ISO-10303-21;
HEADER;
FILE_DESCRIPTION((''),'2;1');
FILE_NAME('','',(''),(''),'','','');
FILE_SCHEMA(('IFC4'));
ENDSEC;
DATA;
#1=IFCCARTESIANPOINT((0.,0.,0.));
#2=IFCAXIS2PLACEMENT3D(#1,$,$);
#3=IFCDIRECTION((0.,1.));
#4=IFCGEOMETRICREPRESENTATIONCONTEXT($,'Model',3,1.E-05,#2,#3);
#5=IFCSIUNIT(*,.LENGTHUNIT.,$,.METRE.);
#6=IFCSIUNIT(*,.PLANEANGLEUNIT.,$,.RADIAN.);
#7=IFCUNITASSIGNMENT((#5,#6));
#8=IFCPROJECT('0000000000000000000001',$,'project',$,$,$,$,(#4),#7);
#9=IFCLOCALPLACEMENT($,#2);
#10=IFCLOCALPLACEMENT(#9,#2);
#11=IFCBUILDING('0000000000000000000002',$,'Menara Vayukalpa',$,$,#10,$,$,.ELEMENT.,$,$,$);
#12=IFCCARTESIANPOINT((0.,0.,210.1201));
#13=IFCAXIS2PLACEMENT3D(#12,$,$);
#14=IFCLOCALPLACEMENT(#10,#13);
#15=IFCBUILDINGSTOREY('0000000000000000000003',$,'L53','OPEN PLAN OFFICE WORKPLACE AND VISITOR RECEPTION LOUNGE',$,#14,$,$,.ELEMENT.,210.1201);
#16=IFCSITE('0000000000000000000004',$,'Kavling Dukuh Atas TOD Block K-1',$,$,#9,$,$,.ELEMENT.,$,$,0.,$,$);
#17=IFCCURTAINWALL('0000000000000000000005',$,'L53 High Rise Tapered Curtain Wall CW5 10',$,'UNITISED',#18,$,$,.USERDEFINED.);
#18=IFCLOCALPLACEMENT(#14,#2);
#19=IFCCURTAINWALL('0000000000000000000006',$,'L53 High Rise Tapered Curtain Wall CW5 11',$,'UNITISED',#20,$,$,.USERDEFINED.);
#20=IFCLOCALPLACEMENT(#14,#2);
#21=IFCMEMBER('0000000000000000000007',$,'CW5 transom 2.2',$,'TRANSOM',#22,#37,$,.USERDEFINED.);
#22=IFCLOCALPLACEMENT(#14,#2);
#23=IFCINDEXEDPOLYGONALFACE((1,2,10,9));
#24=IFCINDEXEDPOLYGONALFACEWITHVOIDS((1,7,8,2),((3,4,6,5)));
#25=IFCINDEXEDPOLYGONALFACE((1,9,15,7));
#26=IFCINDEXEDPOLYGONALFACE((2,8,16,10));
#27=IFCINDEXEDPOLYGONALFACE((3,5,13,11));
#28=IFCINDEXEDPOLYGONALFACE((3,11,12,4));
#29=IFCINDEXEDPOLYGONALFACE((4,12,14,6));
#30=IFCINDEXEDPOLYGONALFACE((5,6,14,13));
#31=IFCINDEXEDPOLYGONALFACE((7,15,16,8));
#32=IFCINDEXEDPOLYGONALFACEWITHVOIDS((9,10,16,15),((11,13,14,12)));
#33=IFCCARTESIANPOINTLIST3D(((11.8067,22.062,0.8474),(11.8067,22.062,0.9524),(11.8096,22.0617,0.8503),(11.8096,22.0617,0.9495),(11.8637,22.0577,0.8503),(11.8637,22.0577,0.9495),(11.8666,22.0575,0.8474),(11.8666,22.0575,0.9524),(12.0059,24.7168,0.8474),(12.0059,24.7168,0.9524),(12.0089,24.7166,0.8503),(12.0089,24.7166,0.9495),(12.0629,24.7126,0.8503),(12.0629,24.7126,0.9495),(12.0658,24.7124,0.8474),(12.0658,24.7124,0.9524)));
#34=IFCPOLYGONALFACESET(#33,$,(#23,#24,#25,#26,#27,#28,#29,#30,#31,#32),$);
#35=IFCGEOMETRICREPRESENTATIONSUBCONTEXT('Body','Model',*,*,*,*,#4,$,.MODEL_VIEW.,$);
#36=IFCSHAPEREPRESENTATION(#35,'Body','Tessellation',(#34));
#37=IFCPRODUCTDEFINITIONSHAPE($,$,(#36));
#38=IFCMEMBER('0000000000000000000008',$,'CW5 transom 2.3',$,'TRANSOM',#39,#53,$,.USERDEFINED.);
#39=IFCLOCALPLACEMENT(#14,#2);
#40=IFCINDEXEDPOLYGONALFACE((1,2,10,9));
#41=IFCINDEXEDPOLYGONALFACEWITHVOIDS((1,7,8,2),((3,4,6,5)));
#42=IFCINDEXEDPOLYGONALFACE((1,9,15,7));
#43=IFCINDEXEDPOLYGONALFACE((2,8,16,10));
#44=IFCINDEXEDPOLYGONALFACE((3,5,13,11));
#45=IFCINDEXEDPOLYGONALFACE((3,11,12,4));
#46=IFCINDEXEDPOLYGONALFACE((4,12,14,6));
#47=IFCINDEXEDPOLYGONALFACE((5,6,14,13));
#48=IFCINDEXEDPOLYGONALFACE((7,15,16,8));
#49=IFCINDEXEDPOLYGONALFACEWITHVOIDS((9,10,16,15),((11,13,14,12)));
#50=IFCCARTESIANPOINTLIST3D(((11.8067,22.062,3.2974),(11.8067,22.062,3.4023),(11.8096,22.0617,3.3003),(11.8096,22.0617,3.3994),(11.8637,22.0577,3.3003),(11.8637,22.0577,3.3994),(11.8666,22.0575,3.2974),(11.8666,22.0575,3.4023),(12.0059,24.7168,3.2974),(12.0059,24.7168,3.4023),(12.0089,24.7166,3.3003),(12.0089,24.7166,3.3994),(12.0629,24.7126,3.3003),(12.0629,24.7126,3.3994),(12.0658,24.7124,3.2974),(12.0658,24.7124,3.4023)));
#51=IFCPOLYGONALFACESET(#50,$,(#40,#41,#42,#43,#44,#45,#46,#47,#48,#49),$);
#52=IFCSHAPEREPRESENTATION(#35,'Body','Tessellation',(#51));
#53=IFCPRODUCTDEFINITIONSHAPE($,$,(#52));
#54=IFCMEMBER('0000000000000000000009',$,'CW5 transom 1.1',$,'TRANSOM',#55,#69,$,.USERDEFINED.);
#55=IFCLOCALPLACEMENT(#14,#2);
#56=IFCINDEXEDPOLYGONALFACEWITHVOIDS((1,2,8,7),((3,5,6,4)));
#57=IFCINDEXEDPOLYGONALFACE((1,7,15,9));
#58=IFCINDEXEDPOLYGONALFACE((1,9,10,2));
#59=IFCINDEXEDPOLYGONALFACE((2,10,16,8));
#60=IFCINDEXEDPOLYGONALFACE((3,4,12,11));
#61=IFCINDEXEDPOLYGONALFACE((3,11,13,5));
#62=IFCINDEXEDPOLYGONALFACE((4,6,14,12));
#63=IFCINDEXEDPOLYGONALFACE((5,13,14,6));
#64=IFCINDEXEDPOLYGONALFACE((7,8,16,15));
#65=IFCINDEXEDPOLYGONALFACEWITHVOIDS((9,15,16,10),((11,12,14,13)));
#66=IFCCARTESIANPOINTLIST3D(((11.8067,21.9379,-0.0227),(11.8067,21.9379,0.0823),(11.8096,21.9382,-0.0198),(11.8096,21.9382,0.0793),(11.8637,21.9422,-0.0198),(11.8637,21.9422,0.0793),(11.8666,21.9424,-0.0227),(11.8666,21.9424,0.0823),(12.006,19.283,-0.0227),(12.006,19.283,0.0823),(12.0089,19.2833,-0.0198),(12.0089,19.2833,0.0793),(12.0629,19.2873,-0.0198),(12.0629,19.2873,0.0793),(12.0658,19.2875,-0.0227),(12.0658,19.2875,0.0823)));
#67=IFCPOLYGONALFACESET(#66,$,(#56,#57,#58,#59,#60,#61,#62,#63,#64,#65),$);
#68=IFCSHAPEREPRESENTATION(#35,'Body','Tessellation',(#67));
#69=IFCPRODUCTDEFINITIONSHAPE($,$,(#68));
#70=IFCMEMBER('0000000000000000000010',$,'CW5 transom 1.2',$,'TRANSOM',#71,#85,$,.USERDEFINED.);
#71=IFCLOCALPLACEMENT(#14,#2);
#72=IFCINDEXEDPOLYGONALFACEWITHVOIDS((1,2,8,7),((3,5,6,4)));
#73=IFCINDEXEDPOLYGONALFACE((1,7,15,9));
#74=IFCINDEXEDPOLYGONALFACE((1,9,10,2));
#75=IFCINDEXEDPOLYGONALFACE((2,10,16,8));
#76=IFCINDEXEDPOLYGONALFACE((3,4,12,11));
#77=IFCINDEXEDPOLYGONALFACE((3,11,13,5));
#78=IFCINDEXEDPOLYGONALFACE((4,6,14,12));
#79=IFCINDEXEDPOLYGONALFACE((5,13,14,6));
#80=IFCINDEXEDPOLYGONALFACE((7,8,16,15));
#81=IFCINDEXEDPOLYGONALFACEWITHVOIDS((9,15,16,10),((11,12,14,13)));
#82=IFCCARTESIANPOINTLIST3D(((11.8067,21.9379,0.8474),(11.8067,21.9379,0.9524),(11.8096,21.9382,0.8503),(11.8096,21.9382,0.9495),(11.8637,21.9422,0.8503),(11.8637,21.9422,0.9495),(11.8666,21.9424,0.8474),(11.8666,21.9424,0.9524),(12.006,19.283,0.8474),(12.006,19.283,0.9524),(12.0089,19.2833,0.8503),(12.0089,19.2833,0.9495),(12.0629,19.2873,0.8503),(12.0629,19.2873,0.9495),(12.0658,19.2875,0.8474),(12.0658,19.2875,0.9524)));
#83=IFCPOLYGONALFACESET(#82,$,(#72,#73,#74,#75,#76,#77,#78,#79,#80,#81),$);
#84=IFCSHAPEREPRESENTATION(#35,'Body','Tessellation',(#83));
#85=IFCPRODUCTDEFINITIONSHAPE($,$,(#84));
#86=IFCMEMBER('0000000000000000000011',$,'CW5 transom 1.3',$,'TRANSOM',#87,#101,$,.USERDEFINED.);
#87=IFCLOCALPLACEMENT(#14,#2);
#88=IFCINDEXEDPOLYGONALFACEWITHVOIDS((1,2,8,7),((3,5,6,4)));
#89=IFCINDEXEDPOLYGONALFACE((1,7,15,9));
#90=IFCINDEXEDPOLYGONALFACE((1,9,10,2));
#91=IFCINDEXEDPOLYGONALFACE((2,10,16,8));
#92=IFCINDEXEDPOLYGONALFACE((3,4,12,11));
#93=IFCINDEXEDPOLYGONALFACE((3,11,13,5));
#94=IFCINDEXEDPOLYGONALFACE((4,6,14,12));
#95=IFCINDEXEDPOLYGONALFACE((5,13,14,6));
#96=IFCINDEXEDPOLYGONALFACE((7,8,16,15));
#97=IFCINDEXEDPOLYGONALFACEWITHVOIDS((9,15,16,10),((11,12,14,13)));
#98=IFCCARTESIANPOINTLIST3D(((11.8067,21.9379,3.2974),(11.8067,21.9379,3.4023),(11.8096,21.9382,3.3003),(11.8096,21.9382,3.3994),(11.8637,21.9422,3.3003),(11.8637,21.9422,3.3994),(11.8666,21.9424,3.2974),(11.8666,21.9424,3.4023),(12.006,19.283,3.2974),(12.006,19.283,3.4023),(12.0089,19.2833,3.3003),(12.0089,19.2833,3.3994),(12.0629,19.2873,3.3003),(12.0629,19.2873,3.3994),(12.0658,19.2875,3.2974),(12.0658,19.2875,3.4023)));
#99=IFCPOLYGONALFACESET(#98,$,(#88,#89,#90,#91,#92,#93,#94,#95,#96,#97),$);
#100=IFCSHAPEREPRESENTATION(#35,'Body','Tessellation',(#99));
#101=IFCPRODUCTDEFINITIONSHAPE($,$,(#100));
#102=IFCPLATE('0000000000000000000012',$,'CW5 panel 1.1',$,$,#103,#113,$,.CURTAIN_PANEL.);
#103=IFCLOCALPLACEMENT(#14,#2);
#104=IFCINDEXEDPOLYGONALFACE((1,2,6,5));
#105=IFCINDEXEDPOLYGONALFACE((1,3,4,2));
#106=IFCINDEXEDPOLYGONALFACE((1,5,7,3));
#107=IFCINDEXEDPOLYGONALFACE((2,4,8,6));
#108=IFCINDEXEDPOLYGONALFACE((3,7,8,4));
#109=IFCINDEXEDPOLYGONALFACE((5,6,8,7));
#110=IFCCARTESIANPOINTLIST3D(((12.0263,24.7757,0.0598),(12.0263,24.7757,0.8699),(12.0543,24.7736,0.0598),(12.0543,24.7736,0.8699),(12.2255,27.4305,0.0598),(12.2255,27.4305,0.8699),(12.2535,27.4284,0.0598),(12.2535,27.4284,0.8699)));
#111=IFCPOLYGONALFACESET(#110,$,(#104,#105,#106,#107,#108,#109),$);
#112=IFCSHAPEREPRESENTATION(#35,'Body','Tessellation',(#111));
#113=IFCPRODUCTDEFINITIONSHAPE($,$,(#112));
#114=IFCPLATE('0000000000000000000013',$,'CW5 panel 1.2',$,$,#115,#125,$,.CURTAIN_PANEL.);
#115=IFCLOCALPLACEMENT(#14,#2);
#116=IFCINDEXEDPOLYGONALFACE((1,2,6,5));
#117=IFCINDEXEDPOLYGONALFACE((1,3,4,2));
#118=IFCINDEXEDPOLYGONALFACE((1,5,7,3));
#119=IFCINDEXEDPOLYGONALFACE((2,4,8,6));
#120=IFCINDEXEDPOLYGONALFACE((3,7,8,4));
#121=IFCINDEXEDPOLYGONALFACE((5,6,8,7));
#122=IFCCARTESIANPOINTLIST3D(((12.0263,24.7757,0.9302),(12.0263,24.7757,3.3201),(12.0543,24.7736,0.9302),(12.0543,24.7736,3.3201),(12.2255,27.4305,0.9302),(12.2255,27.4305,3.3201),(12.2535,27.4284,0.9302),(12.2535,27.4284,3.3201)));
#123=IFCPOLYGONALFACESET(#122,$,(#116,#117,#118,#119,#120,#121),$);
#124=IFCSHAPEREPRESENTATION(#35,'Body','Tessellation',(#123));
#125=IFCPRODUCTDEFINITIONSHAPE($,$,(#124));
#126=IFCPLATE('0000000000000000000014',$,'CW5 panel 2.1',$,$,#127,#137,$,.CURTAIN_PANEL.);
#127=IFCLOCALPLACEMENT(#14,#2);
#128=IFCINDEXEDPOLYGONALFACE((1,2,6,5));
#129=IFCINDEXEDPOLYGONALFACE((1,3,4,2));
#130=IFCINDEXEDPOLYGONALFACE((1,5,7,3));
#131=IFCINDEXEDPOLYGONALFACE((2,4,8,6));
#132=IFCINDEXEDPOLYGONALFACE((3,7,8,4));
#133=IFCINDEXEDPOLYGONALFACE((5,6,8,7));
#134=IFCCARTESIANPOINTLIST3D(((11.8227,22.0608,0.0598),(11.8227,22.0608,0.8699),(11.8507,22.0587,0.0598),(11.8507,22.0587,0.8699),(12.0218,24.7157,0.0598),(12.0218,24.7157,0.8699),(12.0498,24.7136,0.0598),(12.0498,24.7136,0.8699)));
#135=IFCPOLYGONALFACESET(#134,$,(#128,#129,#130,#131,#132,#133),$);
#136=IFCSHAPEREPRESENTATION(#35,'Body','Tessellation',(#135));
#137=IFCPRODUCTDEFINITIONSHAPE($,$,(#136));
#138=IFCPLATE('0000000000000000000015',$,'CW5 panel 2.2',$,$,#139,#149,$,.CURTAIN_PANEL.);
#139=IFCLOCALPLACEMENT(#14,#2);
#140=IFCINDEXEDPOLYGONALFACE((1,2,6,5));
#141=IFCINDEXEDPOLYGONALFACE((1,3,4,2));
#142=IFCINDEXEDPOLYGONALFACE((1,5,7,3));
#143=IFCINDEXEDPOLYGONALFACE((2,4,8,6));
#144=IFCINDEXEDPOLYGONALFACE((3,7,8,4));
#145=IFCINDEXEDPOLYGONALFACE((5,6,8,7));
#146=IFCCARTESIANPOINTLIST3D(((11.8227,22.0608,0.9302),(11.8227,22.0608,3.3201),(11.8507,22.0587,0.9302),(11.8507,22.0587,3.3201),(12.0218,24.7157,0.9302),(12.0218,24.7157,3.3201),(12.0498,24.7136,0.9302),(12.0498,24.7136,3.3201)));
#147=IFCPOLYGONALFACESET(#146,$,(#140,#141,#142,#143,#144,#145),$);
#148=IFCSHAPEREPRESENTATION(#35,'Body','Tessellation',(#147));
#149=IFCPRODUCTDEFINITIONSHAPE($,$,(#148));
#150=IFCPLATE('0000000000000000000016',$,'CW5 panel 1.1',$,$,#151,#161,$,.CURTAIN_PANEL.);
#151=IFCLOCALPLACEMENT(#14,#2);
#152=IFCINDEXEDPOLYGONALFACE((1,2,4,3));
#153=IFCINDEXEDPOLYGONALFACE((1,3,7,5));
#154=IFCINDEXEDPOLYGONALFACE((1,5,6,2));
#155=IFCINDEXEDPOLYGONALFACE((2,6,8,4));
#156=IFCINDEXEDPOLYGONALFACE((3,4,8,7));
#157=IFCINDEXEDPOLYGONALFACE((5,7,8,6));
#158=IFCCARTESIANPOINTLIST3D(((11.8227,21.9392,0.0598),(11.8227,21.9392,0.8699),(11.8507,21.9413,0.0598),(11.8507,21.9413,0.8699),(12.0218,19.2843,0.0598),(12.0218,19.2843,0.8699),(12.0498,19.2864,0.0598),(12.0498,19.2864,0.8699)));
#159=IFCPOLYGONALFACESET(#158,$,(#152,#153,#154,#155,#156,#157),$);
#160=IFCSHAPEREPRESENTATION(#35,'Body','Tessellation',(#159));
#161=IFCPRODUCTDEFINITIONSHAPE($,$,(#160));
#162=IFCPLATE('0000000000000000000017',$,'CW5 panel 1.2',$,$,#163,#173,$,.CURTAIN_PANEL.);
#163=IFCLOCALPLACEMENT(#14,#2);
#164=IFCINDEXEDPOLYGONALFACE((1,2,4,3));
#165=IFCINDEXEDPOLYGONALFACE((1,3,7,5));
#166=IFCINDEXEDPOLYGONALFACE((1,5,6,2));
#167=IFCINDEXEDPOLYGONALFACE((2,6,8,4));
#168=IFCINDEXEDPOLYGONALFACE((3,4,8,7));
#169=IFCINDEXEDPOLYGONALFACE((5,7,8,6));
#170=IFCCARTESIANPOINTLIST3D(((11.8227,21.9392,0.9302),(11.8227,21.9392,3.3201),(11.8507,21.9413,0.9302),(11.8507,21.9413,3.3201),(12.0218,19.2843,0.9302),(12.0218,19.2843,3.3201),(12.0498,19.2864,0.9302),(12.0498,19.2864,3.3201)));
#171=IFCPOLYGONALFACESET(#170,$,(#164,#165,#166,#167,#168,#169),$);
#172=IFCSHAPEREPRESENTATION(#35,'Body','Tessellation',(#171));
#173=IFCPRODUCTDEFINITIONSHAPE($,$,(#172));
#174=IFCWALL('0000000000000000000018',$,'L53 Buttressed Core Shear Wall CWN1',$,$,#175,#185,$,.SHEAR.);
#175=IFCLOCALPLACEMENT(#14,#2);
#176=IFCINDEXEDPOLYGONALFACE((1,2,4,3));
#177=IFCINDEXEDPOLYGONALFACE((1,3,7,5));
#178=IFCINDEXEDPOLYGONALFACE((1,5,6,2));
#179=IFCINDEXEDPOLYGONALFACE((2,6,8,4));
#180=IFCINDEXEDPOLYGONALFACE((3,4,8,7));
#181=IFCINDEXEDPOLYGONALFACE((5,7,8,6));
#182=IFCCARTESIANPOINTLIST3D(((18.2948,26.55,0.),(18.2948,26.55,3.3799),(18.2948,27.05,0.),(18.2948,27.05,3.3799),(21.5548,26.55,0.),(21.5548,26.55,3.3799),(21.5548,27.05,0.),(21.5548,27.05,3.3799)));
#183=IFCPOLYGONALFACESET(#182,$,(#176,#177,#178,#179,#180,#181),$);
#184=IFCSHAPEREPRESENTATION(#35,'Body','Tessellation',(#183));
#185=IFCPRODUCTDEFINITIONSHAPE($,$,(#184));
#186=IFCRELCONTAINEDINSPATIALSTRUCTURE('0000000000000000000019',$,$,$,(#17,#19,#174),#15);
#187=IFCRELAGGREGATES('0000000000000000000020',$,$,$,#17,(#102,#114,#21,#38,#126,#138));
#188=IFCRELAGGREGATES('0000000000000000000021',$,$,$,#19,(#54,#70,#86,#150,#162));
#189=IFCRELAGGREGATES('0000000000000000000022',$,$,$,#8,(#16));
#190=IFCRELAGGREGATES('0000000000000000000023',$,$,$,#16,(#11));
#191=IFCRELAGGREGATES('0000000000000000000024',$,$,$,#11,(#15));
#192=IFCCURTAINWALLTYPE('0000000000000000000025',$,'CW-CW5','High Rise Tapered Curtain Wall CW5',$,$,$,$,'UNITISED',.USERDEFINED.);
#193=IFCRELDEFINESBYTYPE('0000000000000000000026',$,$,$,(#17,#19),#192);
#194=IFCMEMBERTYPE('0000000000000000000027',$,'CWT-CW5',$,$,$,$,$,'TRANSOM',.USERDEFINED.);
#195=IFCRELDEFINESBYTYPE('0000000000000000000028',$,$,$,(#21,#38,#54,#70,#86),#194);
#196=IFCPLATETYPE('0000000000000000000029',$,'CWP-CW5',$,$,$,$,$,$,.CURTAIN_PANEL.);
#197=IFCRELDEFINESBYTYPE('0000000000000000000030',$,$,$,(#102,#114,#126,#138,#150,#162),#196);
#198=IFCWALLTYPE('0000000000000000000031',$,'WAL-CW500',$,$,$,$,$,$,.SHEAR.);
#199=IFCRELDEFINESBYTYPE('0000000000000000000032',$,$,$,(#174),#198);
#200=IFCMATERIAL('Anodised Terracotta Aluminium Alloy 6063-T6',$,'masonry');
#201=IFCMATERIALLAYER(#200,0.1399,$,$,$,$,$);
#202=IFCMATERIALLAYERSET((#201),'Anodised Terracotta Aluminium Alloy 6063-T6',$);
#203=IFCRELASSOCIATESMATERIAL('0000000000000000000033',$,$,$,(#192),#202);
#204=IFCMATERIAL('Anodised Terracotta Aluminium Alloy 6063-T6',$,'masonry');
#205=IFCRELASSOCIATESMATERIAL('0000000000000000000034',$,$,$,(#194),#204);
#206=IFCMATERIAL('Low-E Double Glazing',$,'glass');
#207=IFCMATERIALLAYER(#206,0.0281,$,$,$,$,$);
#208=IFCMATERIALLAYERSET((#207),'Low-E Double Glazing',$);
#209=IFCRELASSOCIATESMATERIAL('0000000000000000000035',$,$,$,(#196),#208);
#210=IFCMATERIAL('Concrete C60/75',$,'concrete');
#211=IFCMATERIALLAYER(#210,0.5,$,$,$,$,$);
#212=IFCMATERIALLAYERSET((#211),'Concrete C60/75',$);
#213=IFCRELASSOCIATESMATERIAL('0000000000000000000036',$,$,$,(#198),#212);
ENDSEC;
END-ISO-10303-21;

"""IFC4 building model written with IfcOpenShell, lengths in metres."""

from ifc_helpers import new_model, si_unit, direction, frame, frame_2d, origin, origin_2d, place, context, subcontext, project, spatial, rectangle, hollow_rectangle, extrude, material, layer, layer_set, material_profile, profile_set, type_object, element, aggregate, save


model = new_model("IFC4")

# Units and contexts
model_context = context("Model", 3, precision=1e-05, world=origin(), true_north=direction((0.0, 1.0)))
body_context = subcontext(model_context, "Body", "Model", "MODEL_VIEW")
ifc_project = project(units=[si_unit("LENGTHUNIT", "METRE"), si_unit("PLANEANGLEUNIT", "RADIAN")], contexts=[model_context])

# Site, building, storey
site_placement = place(None, origin())
site = spatial("IfcSite", under=ifc_project, at=site_placement, Name="Kavling Dukuh Atas TOD Block K-1", CompositionType="ELEMENT", RefElevation=0.0)
building_placement = place(site_placement, origin())
building = spatial("IfcBuilding", under=site, at=building_placement, Name="Menara Vayukalpa", CompositionType="ELEMENT")
storey_placement = place(building_placement, frame((0.0, 0.0, 210.1201)))
storey = spatial("IfcBuildingStorey", under=building, at=storey_placement, Name="L53", Description="OPEN PLAN OFFICE WORKPLACE AND VISITOR RECEPTION LOUNGE", CompositionType="ELEMENT", Elevation=210.1201)

# Curtain wall
ifc_material_1 = material(Name="Anodised Terracotta Aluminium Alloy 6063-T6", Category="masonry")
ifc_layer_1 = layer(ifc_material_1, 0.1399)
ifc_layer_set_1 = layer_set([ifc_layer_1], Name="Anodised Terracotta Aluminium Alloy 6063-T6")
curtain_wall_type = type_object("IfcCurtainWallType", Name="CW-CW5", Description="High Rise Tapered Curtain Wall CW5", ElementType="UNITISED", PredefinedType="USERDEFINED", material=ifc_layer_set_1)
curtain_wall_1_placement = place(storey_placement, origin())
curtain_wall_1 = element("IfcCurtainWall", 1, at=curtain_wall_1_placement, inside=storey, type_object=curtain_wall_type, Name="L53 High Rise Tapered Curtain Wall CW5 10", ObjectType="UNITISED", PredefinedType="USERDEFINED")

# Curtain wall
curtain_wall_2_placement = place(storey_placement, origin())
curtain_wall_2 = element("IfcCurtainWall", 2, at=curtain_wall_2_placement, inside=storey, type_object=curtain_wall_type, Name="L53 High Rise Tapered Curtain Wall CW5 11", ObjectType="UNITISED", PredefinedType="USERDEFINED")

# Members
ifc_material_2 = material(Name="Anodised Terracotta Aluminium Alloy 6063-T6", Category="masonry")
ifc_material_profile_1 = material_profile(ifc_material_2, hollow_rectangle(XDim=0.0601, YDim=0.105, WallThickness=0.0029, at=origin_2d()), Name="ALU 60x105x3")
ifc_profile_set_1 = profile_set([ifc_material_profile_1], Name="Anodised Terracotta Aluminium Alloy 6063-T6")
member_type_1 = type_object("IfcMemberType", Name="CWT-CW5", ElementType="TRANSOM", PredefinedType="USERDEFINED", material=ifc_profile_set_1)
member_1_placement = place(storey_placement, frame((12.0359, 24.7146, 0.8999), z_axis=(-0.074831, -0.997196, 0.0), x_axis=(0.997196, -0.074831, 0.0)))
member_1 = element("IfcMember", 3, at=member_1_placement, type_object=member_type_1, Name="CW5 transom 2.2", ObjectType="TRANSOM", PredefinedType="USERDEFINED", context=body_context, shape_type="SweptSolid", body=[
    extrude(hollow_rectangle(XDim=0.0601, YDim=0.105, WallThickness=0.0029, at=origin_2d()), origin(), (0.0, 0.0, 1.0), 2.6624),
])
member_2_placement = place(storey_placement, frame((12.0359, 24.7146, 3.3499), z_axis=(-0.074831, -0.997196, 0.0), x_axis=(0.997196, -0.074831, 0.0)))
member_2 = element("IfcMember", 4, at=member_2_placement, type_object=member_type_1, Name="CW5 transom 2.3", ObjectType="TRANSOM", PredefinedType="USERDEFINED", context=body_context, shape_type="SweptSolid", body=[
    extrude(hollow_rectangle(XDim=0.0601, YDim=0.105, WallThickness=0.0029, at=origin_2d()), origin(), (0.0, 0.0, 1.0), 2.6624),
])
member_3_placement = place(storey_placement, frame((11.8367, 21.9402, 0.0298), z_axis=(0.074831, -0.997196, 0.0), x_axis=(0.997196, 0.074831, 0.0)))
member_3 = element("IfcMember", 5, at=member_3_placement, type_object=member_type_1, Name="CW5 transom 1.1", ObjectType="TRANSOM", PredefinedType="USERDEFINED", context=body_context, shape_type="SweptSolid", body=[
    extrude(hollow_rectangle(XDim=0.0601, YDim=0.105, WallThickness=0.0029, at=origin_2d()), origin(), (0.0, 0.0, 1.0), 2.6624),
])
member_4_placement = place(storey_placement, frame((11.8367, 21.9402, 0.8999), z_axis=(0.074831, -0.997196, 0.0), x_axis=(0.997196, 0.074831, 0.0)))
member_4 = element("IfcMember", 6, at=member_4_placement, type_object=member_type_1, Name="CW5 transom 1.2", ObjectType="TRANSOM", PredefinedType="USERDEFINED", context=body_context, shape_type="SweptSolid", body=[
    extrude(hollow_rectangle(XDim=0.0601, YDim=0.105, WallThickness=0.0029, at=origin_2d()), origin(), (0.0, 0.0, 1.0), 2.6624),
])
member_5_placement = place(storey_placement, frame((11.8367, 21.9402, 3.3499), z_axis=(0.074831, -0.997196, 0.0), x_axis=(0.997196, 0.074831, 0.0)))
member_5 = element("IfcMember", 7, at=member_5_placement, type_object=member_type_1, Name="CW5 transom 1.3", ObjectType="TRANSOM", PredefinedType="USERDEFINED", context=body_context, shape_type="SweptSolid", body=[
    extrude(hollow_rectangle(XDim=0.0601, YDim=0.105, WallThickness=0.0029, at=origin_2d()), origin(), (0.0, 0.0, 1.0), 2.6624),
])

# Plates
ifc_material_3 = material(Name="Low-E Double Glazing", Category="glass")
ifc_layer_2 = layer(ifc_material_3, 0.0281)
ifc_layer_set_2 = layer_set([ifc_layer_2], Name="Low-E Double Glazing")
plate_type = type_object("IfcPlateType", Name="CWP-CW5", PredefinedType="CURTAIN_PANEL", material=ifc_layer_set_2)
plate_1_placement = place(storey_placement, frame((12.1399, 26.1021, 0.0598), z_axis=(0.0, 0.0, 1.0), x_axis=(-0.074792, -0.997199, 0.0)))
plate_1 = element("IfcPlate", 8, at=plate_1_placement, type_object=plate_type, Name="CW5 panel 1.1", PredefinedType="CURTAIN_PANEL", context=body_context, shape_type="SweptSolid", body=[
    extrude(rectangle(XDim=2.6624, YDim=0.0281, at=origin_2d()), origin(), (0.0, 0.0, 1.0), 0.8101),
])
plate_2_placement = place(storey_placement, frame((12.1399, 26.1021, 0.9302), z_axis=(0.0, 0.0, 1.0), x_axis=(-0.074792, -0.997199, 0.0)))
plate_2 = element("IfcPlate", 9, at=plate_2_placement, type_object=plate_type, Name="CW5 panel 1.2", PredefinedType="CURTAIN_PANEL", context=body_context, shape_type="SweptSolid", body=[
    extrude(rectangle(XDim=2.6624, YDim=0.0281, at=origin_2d()), origin(), (0.0, 0.0, 1.0), 2.3899),
])
plate_3_placement = place(storey_placement, frame((11.9363, 23.3872, 0.0598), z_axis=(0.0, 0.0, 1.0), x_axis=(-0.074792, -0.997199, 0.0)))
plate_3 = element("IfcPlate", 10, at=plate_3_placement, type_object=plate_type, Name="CW5 panel 2.1", PredefinedType="CURTAIN_PANEL", context=body_context, shape_type="SweptSolid", body=[
    extrude(rectangle(XDim=2.6624, YDim=0.0281, at=origin_2d()), origin(), (0.0, 0.0, 1.0), 0.8101),
])
plate_4_placement = place(storey_placement, frame((11.9363, 23.3872, 0.9302), z_axis=(0.0, 0.0, 1.0), x_axis=(-0.074792, -0.997199, 0.0)))
plate_4 = element("IfcPlate", 11, at=plate_4_placement, type_object=plate_type, Name="CW5 panel 2.2", PredefinedType="CURTAIN_PANEL", context=body_context, shape_type="SweptSolid", body=[
    extrude(rectangle(XDim=2.6624, YDim=0.0281, at=origin_2d()), origin(), (0.0, 0.0, 1.0), 2.3899),
])
aggregate(curtain_wall_1, [plate_1, plate_2, member_1, member_2, plate_3, plate_4])
plate_5_placement = place(storey_placement, frame((11.9363, 20.6128, 0.0598), z_axis=(0.0, 0.0, 1.0), x_axis=(0.074792, -0.997199, 0.0)))
plate_5 = element("IfcPlate", 12, at=plate_5_placement, type_object=plate_type, Name="CW5 panel 1.1", PredefinedType="CURTAIN_PANEL", context=body_context, shape_type="SweptSolid", body=[
    extrude(rectangle(XDim=2.6624, YDim=0.0281, at=origin_2d()), origin(), (0.0, 0.0, 1.0), 0.8101),
])
plate_6_placement = place(storey_placement, frame((11.9363, 20.6128, 0.9302), z_axis=(0.0, 0.0, 1.0), x_axis=(0.074792, -0.997199, 0.0)))
plate_6 = element("IfcPlate", 13, at=plate_6_placement, type_object=plate_type, Name="CW5 panel 1.2", PredefinedType="CURTAIN_PANEL", context=body_context, shape_type="SweptSolid", body=[
    extrude(rectangle(XDim=2.6624, YDim=0.0281, at=origin_2d()), origin(), (0.0, 0.0, 1.0), 2.3899),
])
aggregate(curtain_wall_2, [member_3, member_4, member_5, plate_5, plate_6])

# Wall
ifc_material_4 = material(Name="Concrete C60/75", Category="concrete")
ifc_layer_3 = layer(ifc_material_4, 0.5)
ifc_layer_set_3 = layer_set([ifc_layer_3], Name="Concrete C60/75")
wall_type_1 = type_object("IfcWallType", Name="WAL-CW500", PredefinedType="SHEAR", material=ifc_layer_set_3)
wall_1_placement = place(storey_placement, frame((18.2949, 26.8, 0.0), z_axis=(0.0, 0.0, 1.0), x_axis=(1.0, 0.0, 0.0)))
element("IfcWall", 14, at=wall_1_placement, inside=storey, type_object=wall_type_1, Name="L53 Buttressed Core Shear Wall CWN1", PredefinedType="SHEAR", context=body_context, shape_type="SweptSolid", body=[
    extrude(rectangle(XDim=3.26, YDim=0.5, at=frame_2d((1.6299, 0.0))), origin(), (0.0, 0.0, 1.0), 3.3799),
])

save(model, "model.ifc")
